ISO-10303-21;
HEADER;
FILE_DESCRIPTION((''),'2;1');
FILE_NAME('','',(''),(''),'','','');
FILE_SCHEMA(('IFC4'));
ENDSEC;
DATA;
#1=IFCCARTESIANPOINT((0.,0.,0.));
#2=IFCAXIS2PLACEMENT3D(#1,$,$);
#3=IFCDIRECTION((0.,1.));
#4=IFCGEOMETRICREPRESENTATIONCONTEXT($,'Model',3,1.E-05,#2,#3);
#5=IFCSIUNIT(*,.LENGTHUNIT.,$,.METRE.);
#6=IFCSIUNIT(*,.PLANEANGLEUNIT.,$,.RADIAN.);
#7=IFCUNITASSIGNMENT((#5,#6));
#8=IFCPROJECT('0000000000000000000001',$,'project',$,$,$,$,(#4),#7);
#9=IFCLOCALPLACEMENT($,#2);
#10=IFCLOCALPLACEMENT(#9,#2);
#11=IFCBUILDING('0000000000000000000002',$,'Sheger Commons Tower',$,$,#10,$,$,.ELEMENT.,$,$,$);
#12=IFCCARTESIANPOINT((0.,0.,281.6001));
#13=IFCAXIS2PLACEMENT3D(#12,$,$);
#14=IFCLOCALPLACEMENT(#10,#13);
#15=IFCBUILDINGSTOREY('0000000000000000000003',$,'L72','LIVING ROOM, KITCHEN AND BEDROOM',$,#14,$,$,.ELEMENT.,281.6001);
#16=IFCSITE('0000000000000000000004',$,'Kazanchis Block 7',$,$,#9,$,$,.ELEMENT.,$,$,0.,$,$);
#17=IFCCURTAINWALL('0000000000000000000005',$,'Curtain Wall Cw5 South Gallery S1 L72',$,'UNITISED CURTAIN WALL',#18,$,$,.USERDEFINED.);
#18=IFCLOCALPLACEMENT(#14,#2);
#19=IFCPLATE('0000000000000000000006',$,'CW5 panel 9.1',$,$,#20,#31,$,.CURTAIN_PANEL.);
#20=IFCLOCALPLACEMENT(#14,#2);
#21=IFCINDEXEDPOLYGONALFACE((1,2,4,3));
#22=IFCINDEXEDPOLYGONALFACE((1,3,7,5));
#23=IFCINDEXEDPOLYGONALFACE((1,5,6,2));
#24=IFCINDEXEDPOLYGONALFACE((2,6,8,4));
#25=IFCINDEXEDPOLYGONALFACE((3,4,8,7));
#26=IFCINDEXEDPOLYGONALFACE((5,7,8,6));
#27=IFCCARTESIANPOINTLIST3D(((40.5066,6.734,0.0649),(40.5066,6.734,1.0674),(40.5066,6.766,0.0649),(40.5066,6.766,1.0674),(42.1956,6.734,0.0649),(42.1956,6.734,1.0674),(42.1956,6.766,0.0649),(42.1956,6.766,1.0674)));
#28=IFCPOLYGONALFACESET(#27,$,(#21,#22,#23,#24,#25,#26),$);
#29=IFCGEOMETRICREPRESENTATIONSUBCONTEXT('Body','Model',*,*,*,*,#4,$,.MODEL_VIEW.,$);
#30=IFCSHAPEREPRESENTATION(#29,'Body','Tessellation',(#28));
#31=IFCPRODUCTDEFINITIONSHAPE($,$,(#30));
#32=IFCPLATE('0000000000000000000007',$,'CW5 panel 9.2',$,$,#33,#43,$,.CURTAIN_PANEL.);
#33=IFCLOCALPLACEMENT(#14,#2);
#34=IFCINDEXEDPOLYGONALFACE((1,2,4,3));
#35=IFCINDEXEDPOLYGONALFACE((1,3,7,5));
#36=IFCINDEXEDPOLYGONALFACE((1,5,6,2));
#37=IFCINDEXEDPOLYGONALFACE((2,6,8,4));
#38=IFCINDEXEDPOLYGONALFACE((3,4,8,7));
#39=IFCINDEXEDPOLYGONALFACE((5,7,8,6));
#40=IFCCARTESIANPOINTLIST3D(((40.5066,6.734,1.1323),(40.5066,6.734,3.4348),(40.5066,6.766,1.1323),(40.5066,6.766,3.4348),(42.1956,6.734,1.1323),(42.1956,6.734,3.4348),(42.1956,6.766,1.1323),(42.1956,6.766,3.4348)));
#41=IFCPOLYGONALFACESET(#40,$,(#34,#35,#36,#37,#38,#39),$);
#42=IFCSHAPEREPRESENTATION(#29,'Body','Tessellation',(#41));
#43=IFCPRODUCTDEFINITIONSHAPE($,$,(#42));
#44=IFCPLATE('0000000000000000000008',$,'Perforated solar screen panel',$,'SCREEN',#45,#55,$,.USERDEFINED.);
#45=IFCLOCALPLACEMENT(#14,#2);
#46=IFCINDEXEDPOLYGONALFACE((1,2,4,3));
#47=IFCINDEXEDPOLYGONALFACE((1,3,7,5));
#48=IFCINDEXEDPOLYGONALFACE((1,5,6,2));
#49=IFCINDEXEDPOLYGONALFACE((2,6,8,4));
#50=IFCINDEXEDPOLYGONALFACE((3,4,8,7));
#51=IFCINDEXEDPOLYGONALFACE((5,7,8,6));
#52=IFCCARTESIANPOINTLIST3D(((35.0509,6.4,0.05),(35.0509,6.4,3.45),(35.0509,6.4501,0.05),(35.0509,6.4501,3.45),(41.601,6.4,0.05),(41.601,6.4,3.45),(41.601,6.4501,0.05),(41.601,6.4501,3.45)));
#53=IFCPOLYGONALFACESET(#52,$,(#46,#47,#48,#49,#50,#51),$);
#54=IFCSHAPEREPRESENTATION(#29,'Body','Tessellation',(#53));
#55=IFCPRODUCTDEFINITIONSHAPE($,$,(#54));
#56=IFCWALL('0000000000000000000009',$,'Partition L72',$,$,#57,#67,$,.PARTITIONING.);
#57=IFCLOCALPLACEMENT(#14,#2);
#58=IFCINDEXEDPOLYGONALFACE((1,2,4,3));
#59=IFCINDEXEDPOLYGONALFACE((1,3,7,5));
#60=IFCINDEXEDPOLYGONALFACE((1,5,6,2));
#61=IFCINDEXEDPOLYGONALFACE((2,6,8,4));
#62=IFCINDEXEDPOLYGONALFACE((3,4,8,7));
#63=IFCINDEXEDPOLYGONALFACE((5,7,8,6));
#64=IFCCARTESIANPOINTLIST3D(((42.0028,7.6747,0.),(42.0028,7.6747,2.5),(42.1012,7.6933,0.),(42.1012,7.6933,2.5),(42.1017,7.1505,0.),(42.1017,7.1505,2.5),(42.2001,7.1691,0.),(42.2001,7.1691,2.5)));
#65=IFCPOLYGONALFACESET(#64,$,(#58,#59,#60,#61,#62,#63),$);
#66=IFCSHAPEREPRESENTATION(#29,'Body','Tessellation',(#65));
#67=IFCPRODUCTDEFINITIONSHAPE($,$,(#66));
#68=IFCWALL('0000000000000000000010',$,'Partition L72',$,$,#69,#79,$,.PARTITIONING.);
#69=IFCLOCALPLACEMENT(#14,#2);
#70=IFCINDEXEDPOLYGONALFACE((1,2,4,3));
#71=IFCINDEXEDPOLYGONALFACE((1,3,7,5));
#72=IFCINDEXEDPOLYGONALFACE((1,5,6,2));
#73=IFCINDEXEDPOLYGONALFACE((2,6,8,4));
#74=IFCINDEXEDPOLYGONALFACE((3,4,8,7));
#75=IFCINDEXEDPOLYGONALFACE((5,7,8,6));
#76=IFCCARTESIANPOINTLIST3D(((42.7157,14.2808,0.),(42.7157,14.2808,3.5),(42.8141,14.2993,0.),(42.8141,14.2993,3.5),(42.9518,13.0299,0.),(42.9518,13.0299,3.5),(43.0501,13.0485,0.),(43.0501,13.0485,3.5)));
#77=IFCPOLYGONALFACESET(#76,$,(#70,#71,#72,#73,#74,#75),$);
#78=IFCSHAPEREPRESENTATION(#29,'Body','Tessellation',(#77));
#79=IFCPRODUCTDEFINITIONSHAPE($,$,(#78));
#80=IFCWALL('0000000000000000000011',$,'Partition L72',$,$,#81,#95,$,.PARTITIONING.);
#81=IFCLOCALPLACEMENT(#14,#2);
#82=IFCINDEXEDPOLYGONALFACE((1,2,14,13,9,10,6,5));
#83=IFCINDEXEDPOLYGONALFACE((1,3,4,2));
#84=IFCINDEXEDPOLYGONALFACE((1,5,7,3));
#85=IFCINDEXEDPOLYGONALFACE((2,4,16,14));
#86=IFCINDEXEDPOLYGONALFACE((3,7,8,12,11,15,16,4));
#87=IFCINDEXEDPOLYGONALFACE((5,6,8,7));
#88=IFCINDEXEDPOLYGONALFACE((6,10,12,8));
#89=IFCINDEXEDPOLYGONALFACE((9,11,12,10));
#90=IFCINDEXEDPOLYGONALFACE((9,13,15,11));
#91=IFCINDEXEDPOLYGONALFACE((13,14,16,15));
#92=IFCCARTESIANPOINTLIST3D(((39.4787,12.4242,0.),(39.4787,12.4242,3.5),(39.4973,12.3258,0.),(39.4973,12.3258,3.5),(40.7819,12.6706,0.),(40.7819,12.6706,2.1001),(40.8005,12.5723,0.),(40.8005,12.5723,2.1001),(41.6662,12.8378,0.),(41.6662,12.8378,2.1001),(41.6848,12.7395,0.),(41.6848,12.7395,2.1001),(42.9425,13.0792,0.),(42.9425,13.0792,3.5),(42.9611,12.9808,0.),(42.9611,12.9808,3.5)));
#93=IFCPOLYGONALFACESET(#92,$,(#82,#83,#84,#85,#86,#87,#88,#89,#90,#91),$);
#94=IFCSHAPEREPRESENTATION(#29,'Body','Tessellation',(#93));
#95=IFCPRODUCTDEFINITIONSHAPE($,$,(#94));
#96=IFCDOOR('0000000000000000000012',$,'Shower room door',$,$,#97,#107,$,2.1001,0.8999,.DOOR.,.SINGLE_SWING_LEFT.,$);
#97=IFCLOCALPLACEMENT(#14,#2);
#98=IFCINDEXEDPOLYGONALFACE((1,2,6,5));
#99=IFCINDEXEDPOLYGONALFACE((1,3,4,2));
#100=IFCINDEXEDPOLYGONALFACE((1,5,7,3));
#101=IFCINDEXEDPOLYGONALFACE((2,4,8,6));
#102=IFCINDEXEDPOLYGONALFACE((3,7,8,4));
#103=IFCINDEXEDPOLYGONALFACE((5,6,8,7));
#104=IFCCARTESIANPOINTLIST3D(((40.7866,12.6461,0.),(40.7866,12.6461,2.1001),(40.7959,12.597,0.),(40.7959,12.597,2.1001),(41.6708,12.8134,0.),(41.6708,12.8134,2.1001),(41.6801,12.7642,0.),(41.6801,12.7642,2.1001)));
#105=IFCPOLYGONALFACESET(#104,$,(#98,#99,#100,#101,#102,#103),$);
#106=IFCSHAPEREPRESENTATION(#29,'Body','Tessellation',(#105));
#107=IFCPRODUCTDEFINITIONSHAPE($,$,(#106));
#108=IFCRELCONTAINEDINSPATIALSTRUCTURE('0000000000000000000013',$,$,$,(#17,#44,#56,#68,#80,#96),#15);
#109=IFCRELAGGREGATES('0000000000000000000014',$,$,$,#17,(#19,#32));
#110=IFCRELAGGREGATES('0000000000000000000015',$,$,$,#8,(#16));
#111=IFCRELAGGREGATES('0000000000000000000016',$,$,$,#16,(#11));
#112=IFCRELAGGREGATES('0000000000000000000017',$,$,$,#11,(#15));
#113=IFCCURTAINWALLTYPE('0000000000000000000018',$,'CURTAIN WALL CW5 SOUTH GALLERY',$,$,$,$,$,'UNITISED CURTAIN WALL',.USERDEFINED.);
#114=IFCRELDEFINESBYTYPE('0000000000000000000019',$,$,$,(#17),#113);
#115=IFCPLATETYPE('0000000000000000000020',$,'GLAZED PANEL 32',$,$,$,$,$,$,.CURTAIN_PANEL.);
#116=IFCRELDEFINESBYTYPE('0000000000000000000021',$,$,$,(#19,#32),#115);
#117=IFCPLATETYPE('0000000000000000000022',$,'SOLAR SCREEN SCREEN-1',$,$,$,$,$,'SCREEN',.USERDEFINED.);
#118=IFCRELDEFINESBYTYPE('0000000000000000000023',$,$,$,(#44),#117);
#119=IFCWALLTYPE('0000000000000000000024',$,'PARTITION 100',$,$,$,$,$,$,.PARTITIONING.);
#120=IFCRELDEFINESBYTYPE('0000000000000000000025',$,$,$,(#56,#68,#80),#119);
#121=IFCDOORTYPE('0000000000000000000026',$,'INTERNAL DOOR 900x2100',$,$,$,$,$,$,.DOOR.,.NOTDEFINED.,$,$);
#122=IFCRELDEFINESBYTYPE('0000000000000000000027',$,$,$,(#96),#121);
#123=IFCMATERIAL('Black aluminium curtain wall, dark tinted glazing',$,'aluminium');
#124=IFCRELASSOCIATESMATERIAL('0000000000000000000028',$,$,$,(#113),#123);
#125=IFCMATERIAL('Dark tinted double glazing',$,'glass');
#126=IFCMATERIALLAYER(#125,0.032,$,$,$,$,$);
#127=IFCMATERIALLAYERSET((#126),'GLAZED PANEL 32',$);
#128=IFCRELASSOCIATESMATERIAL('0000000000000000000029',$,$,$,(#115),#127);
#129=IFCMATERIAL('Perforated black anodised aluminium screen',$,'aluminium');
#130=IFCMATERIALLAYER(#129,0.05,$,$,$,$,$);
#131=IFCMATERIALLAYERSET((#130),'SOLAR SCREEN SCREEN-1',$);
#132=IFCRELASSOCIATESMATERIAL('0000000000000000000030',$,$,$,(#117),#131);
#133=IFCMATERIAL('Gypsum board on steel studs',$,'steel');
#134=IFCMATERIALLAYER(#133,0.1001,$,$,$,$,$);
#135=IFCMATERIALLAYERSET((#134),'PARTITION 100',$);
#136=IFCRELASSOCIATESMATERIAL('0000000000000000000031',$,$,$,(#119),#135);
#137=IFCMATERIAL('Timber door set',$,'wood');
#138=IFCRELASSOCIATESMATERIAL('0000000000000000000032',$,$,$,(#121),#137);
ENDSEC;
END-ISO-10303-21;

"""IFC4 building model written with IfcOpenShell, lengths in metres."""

from ifc_helpers import new_model, si_unit, direction, frame, frame_2d, origin, origin_2d, place, context, subcontext, project, spatial, rectangle, extrude, material, layer, layer_set, type_object, element, fill, aggregate, save


model = new_model("IFC4")

# Units and contexts
model_context = context("Model", 3, precision=1e-05, world=origin(), true_north=direction((0.0, 1.0)))
body_context = subcontext(model_context, "Body", "Model", "MODEL_VIEW")
ifc_project = project(units=[si_unit("LENGTHUNIT", "METRE"), si_unit("PLANEANGLEUNIT", "RADIAN")], contexts=[model_context])

# Site, building, storey
site_placement = place(None, origin())
site = spatial("IfcSite", under=ifc_project, at=site_placement, Name="Kazanchis Block 7", CompositionType="ELEMENT", RefElevation=0.0)
building_placement = place(site_placement, origin())
building = spatial("IfcBuilding", under=site, at=building_placement, Name="Sheger Commons Tower", CompositionType="ELEMENT")
storey_placement = place(building_placement, frame((0.0, 0.0, 281.6001)))
storey = spatial("IfcBuildingStorey", under=building, at=storey_placement, Name="L72", Description="LIVING ROOM, KITCHEN AND BEDROOM", CompositionType="ELEMENT", Elevation=281.6001)

# Curtain wall, plates
ifc_material_1 = material(Name="Black aluminium curtain wall, dark tinted glazing", Category="aluminium")
curtain_wall_type = type_object("IfcCurtainWallType", Name="CURTAIN WALL CW5 SOUTH GALLERY", ElementType="UNITISED CURTAIN WALL", PredefinedType="USERDEFINED", material=ifc_material_1)
curtain_wall_placement = place(storey_placement, origin())
curtain_wall = element("IfcCurtainWall", 1, at=curtain_wall_placement, inside=storey, type_object=curtain_wall_type, Name="Curtain Wall Cw5 South Gallery S1 L72", ObjectType="UNITISED CURTAIN WALL", PredefinedType="USERDEFINED")
ifc_material_2 = material(Name="Dark tinted double glazing", Category="glass")
ifc_layer_1 = layer(ifc_material_2, 0.032)
ifc_layer_set_1 = layer_set([ifc_layer_1], Name="GLAZED PANEL 32")
plate_type_1 = type_object("IfcPlateType", Name="GLAZED PANEL 32", PredefinedType="CURTAIN_PANEL", material=ifc_layer_set_1)
plate_1_placement = place(storey_placement, frame((41.3511, 6.75, 0.0649), z_axis=(0.0, 0.0, 1.0), x_axis=(1.0, 0.0, 0.0)))
plate_1 = element("IfcPlate", 2, at=plate_1_placement, type_object=plate_type_1, Name="CW5 panel 9.1", PredefinedType="CURTAIN_PANEL", context=body_context, shape_type="SweptSolid", body=[
    extrude(rectangle(XDim=1.689, YDim=0.032, at=origin_2d()), origin(), (0.0, 0.0, 1.0), 1.0024),
])
plate_2_placement = place(storey_placement, frame((41.3511, 6.75, 1.1323), z_axis=(0.0, 0.0, 1.0), x_axis=(1.0, 0.0, 0.0)))
plate_2 = element("IfcPlate", 3, at=plate_2_placement, type_object=plate_type_1, Name="CW5 panel 9.2", PredefinedType="CURTAIN_PANEL", context=body_context, shape_type="SweptSolid", body=[
    extrude(rectangle(XDim=1.689, YDim=0.032, at=origin_2d()), origin(), (0.0, 0.0, 1.0), 2.3025),
])
aggregate(curtain_wall, [plate_1, plate_2])

# Plate
ifc_material_3 = material(Name="Perforated black anodised aluminium screen", Category="aluminium")
ifc_layer_2 = layer(ifc_material_3, 0.05)
ifc_layer_set_2 = layer_set([ifc_layer_2], Name="SOLAR SCREEN SCREEN-1")
plate_type_2 = type_object("IfcPlateType", Name="SOLAR SCREEN SCREEN-1", ElementType="SCREEN", PredefinedType="USERDEFINED", material=ifc_layer_set_2)
plate_3_placement = place(storey_placement, frame((38.3259, 6.425, 0.05), z_axis=(0.0, 0.0, 1.0), x_axis=(1.0, 0.0, 0.0)))
element("IfcPlate", 4, at=plate_3_placement, inside=storey, type_object=plate_type_2, Name="Perforated solar screen panel", ObjectType="SCREEN", PredefinedType="USERDEFINED", context=body_context, shape_type="SweptSolid", body=[
    extrude(rectangle(XDim=6.55, YDim=0.05, at=origin_2d()), origin(), (0.0, 0.0, 1.0), 3.3999),
])

# Walls
ifc_material_4 = material(Name="Gypsum board on steel studs", Category="steel")
ifc_layer_3 = layer(ifc_material_4, 0.1001)
ifc_layer_set_3 = layer_set([ifc_layer_3], Name="PARTITION 100")
wall_type = type_object("IfcWallType", Name="PARTITION 100", PredefinedType="PARTITIONING", material=ifc_layer_set_3)
wall_1_placement = place(storey_placement, frame((42.1509, 7.1599, 0.0), z_axis=(0.0, 0.0, 1.0), x_axis=(-0.185366, 0.98267, 0.0)))
element("IfcWall", 5, at=wall_1_placement, inside=storey, type_object=wall_type, Name="Partition L72", PredefinedType="PARTITIONING", context=body_context, shape_type="SweptSolid", body=[
    extrude(rectangle(XDim=0.5334, YDim=0.1001, at=frame_2d((0.2666, 0.0))), origin(), (0.0, 0.0, 1.0), 2.5),
])
wall_2_placement = place(storey_placement, frame((42.7649, 14.29, 0.0), z_axis=(0.0, 0.0, 1.0), x_axis=(0.185446, -0.982654, 0.0)))
element("IfcWall", 6, at=wall_2_placement, inside=storey, type_object=wall_type, Name="Partition L72", PredefinedType="PARTITIONING", context=body_context, shape_type="SweptSolid", body=[
    extrude(rectangle(XDim=1.2729, YDim=0.1001, at=frame_2d((0.6365, 0.0))), origin(), (0.0, 0.0, 1.0), 3.5),
])

# Wall, opening, door
wall_3_placement = place(storey_placement, frame((42.9519, 13.03, 0.0), z_axis=(0.0, 0.0, 1.0), x_axis=(-0.982586, -0.18581, 0.0)))
wall_3 = element("IfcWall", 7, at=wall_3_placement, inside=storey, type_object=wall_type, Name="Partition L72", PredefinedType="PARTITIONING", context=body_context, shape_type="SweptSolid", body=[
    extrude(rectangle(XDim=3.5251, YDim=0.1001, at=frame_2d((1.7627, 0.0))), origin(), (0.0, 0.0, 1.0), 3.5),
])
opening_placement = place(wall_3_placement, frame((1.2991, 0.0, 0.0)))
opening = element("IfcOpeningElement", 8, at=opening_placement, cuts=wall_3, PredefinedType="OPENING", context=body_context, shape_type="SweptSolid", body=[
    extrude(rectangle(XDim=0.8999, YDim=2.1001, at=frame_2d((0.45, 1.05))), frame((0.0, 0.0601, 0.0), z_axis=(0.0, -1.0, 0.0), x_axis=(1.0, 0.0, 0.0)), (0.0, 0.0, 1.0), 0.1201),
])
ifc_material_5 = material(Name="Timber door set", Category="wood")
door_type = type_object("IfcDoorType", Name="INTERNAL DOOR 900x2100", OperationType="NOTDEFINED", PredefinedType="DOOR", material=ifc_material_5)
door_placement = place(opening_placement, origin())
door = element("IfcDoor", 9, at=door_placement, inside=storey, type_object=door_type, Name="Shower room door", OperationType="SINGLE_SWING_LEFT", OverallHeight=2.1001, OverallWidth=0.8999, PredefinedType="DOOR", context=body_context, shape_type="SweptSolid", body=[
    extrude(rectangle(XDim=0.8999, YDim=2.1001, at=frame_2d((0.45, 1.05))), frame((0.0, 0.0249, 0.0), z_axis=(0.0, -1.0, 0.0), x_axis=(1.0, 0.0, 0.0)), (0.0, 0.0, 1.0), 0.05),
])
fill(opening, door)

save(model, "model.ifc")
